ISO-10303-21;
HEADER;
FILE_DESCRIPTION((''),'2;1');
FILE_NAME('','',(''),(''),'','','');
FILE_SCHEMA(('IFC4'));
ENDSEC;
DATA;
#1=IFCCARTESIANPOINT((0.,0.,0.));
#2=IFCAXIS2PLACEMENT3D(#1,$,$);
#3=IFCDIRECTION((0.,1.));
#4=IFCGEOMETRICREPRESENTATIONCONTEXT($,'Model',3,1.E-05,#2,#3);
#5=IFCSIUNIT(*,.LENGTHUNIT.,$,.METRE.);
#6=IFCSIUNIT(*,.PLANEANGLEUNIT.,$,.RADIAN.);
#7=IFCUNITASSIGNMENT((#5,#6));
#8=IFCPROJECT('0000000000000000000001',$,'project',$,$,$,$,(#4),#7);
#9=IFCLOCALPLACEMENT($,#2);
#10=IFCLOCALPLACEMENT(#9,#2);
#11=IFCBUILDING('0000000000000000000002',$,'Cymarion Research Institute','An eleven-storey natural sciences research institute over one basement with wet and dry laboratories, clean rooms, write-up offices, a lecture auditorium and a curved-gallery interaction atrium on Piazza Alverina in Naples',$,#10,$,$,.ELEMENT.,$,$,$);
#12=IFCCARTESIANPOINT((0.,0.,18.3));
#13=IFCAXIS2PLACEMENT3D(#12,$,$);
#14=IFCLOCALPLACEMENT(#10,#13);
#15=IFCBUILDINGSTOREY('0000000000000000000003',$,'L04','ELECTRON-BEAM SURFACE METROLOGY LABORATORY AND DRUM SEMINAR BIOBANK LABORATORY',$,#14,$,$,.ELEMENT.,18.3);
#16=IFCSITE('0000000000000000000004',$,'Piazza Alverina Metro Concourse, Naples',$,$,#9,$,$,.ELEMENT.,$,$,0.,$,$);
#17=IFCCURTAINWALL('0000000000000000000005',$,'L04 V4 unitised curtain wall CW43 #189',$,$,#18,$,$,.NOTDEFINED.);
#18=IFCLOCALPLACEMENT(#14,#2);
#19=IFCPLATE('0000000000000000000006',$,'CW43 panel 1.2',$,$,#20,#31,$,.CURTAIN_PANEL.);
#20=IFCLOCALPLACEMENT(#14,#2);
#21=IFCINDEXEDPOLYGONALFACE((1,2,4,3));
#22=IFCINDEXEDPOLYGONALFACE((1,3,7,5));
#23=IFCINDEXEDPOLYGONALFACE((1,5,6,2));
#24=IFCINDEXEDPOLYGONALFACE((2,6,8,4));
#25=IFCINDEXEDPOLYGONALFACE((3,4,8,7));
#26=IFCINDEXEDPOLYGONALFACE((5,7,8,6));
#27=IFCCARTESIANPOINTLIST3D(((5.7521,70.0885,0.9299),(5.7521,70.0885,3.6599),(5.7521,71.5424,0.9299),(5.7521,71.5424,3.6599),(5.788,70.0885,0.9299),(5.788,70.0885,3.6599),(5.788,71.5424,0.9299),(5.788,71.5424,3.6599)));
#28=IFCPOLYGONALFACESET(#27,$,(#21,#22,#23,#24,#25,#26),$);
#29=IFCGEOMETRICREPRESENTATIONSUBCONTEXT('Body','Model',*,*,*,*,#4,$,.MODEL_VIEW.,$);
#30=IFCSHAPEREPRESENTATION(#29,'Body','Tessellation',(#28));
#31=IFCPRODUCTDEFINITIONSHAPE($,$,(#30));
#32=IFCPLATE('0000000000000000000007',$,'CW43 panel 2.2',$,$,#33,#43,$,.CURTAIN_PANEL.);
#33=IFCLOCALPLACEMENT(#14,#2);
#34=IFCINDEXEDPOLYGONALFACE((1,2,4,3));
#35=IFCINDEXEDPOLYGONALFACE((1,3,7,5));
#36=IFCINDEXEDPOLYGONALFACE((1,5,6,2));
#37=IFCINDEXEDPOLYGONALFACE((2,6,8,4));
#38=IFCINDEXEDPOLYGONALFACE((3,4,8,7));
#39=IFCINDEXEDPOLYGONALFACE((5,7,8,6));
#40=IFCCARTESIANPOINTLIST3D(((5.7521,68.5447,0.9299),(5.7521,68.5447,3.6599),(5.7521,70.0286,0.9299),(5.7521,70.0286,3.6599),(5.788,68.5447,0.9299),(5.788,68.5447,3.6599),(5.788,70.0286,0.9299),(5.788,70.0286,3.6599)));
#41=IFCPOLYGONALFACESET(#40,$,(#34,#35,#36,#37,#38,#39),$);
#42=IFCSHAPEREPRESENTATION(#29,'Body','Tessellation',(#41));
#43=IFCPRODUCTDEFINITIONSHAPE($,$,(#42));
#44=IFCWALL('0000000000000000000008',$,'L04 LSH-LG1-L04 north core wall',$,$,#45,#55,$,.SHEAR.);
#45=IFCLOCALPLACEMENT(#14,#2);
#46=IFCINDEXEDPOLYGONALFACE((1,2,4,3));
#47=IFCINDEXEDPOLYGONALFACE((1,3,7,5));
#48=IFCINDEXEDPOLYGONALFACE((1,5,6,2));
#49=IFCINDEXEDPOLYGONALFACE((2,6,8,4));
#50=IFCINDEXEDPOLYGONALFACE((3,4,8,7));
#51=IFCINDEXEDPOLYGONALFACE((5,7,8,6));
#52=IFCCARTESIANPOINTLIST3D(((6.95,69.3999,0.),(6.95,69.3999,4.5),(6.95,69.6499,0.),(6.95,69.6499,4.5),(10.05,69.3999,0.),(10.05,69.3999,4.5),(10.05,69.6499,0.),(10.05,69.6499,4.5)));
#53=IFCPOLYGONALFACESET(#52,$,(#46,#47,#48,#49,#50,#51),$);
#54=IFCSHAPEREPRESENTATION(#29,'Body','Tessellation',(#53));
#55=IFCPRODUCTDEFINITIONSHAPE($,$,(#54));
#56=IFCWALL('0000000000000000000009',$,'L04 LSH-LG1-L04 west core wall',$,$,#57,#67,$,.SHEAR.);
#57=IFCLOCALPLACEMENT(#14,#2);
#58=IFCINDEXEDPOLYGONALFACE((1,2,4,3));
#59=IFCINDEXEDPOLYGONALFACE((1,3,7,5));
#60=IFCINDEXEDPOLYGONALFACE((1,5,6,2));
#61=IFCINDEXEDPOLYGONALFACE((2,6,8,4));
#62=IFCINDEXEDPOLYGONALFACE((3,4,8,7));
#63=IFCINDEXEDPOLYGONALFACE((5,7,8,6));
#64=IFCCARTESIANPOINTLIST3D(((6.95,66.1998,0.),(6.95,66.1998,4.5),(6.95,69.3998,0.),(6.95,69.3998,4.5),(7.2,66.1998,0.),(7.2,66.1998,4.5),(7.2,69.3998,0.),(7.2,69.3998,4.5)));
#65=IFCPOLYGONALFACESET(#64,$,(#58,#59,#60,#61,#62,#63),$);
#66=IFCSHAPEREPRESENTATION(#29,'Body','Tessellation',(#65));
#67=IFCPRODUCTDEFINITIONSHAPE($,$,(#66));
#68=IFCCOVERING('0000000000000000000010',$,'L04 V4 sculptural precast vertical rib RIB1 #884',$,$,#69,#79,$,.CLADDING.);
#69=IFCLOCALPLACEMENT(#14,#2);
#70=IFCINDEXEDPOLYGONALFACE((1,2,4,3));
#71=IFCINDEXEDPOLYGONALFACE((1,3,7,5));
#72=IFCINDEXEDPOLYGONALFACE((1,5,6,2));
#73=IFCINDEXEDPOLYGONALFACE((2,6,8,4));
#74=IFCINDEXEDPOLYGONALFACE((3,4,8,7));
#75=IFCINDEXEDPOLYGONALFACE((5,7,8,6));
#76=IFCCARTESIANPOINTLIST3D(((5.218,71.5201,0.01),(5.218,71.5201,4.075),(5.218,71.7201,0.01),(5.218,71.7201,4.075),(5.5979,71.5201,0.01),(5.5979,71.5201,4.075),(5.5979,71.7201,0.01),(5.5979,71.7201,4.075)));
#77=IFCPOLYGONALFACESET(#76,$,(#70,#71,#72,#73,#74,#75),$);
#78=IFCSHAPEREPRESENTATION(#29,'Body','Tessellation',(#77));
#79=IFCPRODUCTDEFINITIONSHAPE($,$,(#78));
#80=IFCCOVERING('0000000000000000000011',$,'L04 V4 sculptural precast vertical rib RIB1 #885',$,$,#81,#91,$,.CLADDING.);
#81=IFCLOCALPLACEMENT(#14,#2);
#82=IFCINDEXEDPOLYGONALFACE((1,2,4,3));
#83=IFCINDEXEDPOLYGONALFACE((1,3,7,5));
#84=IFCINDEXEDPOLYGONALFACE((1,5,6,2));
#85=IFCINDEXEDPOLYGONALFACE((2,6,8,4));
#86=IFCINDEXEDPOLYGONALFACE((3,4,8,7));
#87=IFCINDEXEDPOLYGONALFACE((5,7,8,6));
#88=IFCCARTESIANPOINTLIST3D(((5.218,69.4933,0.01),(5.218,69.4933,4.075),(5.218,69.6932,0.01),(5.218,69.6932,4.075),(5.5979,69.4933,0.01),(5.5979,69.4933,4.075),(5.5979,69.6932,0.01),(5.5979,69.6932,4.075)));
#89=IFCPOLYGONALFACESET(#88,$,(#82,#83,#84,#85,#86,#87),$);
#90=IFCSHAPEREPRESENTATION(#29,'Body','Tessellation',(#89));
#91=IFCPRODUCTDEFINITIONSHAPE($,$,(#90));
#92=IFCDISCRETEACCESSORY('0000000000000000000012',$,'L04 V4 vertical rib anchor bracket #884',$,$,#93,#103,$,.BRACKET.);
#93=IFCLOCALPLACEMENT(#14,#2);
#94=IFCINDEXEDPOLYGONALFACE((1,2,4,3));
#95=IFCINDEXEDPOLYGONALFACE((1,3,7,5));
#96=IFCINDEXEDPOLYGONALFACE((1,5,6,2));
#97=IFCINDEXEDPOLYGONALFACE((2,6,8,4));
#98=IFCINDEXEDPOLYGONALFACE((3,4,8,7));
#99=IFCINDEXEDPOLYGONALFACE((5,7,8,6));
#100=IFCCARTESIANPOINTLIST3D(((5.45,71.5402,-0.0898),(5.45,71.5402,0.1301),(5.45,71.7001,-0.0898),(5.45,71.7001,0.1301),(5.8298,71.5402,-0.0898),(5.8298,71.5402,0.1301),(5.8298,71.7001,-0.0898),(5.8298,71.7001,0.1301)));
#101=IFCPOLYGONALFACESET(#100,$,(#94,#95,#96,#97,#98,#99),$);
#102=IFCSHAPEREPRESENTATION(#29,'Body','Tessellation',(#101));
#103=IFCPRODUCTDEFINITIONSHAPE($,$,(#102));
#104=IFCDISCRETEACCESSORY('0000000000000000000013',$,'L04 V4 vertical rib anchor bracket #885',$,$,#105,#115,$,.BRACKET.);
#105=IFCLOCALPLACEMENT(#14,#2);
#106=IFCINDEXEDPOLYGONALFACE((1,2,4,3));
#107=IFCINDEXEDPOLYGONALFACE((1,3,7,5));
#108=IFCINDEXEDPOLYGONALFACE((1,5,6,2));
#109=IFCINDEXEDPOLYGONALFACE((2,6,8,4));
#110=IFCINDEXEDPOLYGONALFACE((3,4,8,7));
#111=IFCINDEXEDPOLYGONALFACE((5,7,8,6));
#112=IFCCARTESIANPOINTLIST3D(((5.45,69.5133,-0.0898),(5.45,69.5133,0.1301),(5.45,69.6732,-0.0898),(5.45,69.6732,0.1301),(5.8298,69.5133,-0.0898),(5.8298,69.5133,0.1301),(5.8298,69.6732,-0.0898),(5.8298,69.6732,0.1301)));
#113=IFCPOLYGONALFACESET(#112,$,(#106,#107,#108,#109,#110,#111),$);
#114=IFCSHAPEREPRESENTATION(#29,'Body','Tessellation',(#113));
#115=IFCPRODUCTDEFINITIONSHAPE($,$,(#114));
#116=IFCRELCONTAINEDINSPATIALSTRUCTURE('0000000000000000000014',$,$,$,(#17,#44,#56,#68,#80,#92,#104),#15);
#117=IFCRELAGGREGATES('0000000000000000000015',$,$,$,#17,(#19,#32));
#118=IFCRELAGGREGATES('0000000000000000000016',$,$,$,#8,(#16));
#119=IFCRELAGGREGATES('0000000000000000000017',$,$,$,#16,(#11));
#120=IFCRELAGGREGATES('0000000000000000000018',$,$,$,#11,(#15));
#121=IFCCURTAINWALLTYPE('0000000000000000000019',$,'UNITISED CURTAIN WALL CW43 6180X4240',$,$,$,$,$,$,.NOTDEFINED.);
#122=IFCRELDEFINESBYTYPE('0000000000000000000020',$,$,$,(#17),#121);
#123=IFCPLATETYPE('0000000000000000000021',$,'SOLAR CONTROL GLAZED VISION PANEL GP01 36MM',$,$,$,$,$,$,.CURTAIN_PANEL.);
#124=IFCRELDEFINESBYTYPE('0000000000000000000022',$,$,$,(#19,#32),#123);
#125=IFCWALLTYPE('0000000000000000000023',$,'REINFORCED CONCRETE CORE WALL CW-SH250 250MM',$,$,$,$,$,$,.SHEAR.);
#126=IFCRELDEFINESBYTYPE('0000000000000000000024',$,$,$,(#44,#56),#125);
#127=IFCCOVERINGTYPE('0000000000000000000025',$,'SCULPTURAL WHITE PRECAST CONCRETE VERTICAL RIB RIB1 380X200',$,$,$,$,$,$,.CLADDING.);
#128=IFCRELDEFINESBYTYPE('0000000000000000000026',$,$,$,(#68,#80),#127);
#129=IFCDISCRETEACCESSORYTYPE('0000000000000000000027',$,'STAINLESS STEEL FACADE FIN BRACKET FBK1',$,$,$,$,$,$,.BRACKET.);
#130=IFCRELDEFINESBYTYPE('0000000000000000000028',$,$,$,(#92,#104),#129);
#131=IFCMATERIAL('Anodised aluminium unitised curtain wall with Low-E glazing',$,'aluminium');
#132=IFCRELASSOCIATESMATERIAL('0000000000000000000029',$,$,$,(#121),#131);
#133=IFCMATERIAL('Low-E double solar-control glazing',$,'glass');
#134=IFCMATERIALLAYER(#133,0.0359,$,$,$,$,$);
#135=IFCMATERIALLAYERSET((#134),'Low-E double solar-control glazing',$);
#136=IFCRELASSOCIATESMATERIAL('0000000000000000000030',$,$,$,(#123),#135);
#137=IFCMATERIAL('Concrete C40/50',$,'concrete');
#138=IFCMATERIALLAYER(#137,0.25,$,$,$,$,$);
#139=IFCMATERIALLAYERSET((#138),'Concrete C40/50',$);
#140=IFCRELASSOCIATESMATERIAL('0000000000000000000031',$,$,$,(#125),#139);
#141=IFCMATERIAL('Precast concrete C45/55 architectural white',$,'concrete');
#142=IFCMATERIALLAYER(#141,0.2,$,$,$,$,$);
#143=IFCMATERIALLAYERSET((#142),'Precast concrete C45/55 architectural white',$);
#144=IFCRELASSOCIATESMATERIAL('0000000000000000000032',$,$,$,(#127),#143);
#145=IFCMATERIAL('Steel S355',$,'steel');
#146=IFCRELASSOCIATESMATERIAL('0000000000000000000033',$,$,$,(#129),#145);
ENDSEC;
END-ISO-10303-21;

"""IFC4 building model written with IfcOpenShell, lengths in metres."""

from ifc_helpers import new_model, si_unit, direction, frame, frame_2d, origin, origin_2d, place, context, subcontext, project, spatial, rectangle, extrude, material, layer, layer_set, type_object, element, aggregate, save


model = new_model("IFC4")

# Units and contexts
model_context = context("Model", 3, precision=1e-05, world=origin(), true_north=direction((0.0, 1.0)))
body_context = subcontext(model_context, "Body", "Model", "MODEL_VIEW")
ifc_project = project(units=[si_unit("LENGTHUNIT", "METRE"), si_unit("PLANEANGLEUNIT", "RADIAN")], contexts=[model_context])

# Site, building, storey
site_placement = place(None, origin())
site = spatial("IfcSite", under=ifc_project, at=site_placement, Name="Piazza Alverina Metro Concourse, Naples", CompositionType="ELEMENT", RefElevation=0.0)
building_placement = place(site_placement, origin())
building = spatial("IfcBuilding", under=site, at=building_placement, Name="Cymarion Research Institute", Description="An eleven-storey natural sciences research institute over one basement with wet and dry laboratories, clean rooms, write-up offices, a lecture auditorium and a curved-gallery interaction atrium on Piazza Alverina in Naples", CompositionType="ELEMENT")
storey_placement = place(building_placement, frame((0.0, 0.0, 18.3)))
storey = spatial("IfcBuildingStorey", under=building, at=storey_placement, Name="L04", Description="ELECTRON-BEAM SURFACE METROLOGY LABORATORY AND DRUM SEMINAR BIOBANK LABORATORY", CompositionType="ELEMENT", Elevation=18.3)

# Shared definitions
ifc_material_1 = material(Name="Steel S355", Category="steel")

# Curtain wall
ifc_material_2 = material(Name="Anodised aluminium unitised curtain wall with Low-E glazing", Category="aluminium")
curtain_wall_type = type_object("IfcCurtainWallType", Name="UNITISED CURTAIN WALL CW43 6180X4240", PredefinedType="NOTDEFINED", material=ifc_material_2)
curtain_wall_1_placement = place(storey_placement, origin())
curtain_wall_1 = element("IfcCurtainWall", 1, at=curtain_wall_1_placement, inside=storey, type_object=curtain_wall_type, Name="L04 V4 unitised curtain wall CW43 #189", PredefinedType="NOTDEFINED")

# Plates
ifc_material_3 = material(Name="Low-E double solar-control glazing", Category="glass")
ifc_layer_1 = layer(ifc_material_3, 0.0359)
ifc_layer_set_1 = layer_set([ifc_layer_1], Name="Low-E double solar-control glazing")
plate_type_1 = type_object("IfcPlateType", Name="SOLAR CONTROL GLAZED VISION PANEL GP01 36MM", PredefinedType="CURTAIN_PANEL", material=ifc_layer_set_1)
plate_1_placement = place(storey_placement, frame((5.77, 70.8154, 0.9299), z_axis=(0.0, 0.0, 1.0), x_axis=(0.0, -1.0, 0.0)))
plate_1 = element("IfcPlate", 2, at=plate_1_placement, type_object=plate_type_1, Name="CW43 panel 1.2", PredefinedType="CURTAIN_PANEL", context=body_context, shape_type="SweptSolid", body=[
    extrude(rectangle(XDim=1.4539, YDim=0.0359, at=origin_2d()), origin(), (0.0, 0.0, 1.0), 2.73),
])
plate_2_placement = place(storey_placement, frame((5.77, 69.2866, 0.9299), z_axis=(0.0, 0.0, 1.0), x_axis=(0.0, -1.0, 0.0)))
plate_2 = element("IfcPlate", 3, at=plate_2_placement, type_object=plate_type_1, Name="CW43 panel 2.2", PredefinedType="CURTAIN_PANEL", context=body_context, shape_type="SweptSolid", body=[
    extrude(rectangle(XDim=1.4839, YDim=0.0359, at=origin_2d()), origin(), (0.0, 0.0, 1.0), 2.73),
])
aggregate(curtain_wall_1, [plate_1, plate_2])

# Walls
ifc_material_4 = material(Name="Concrete C40/50", Category="concrete")
ifc_layer_2 = layer(ifc_material_4, 0.25)
ifc_layer_set_2 = layer_set([ifc_layer_2], Name="Concrete C40/50")
wall_type = type_object("IfcWallType", Name="REINFORCED CONCRETE CORE WALL CW-SH250 250MM", PredefinedType="SHEAR", material=ifc_layer_set_2)
wall_1_placement = place(storey_placement, frame((10.05, 69.5249, 0.0), z_axis=(0.0, 0.0, 1.0), x_axis=(-1.0, 0.0, 0.0)))
element("IfcWall", 4, at=wall_1_placement, inside=storey, type_object=wall_type, Name="L04 LSH-LG1-L04 north core wall", PredefinedType="SHEAR", context=body_context, shape_type="SweptSolid", body=[
    extrude(rectangle(XDim=3.1001, YDim=0.25, at=frame_2d((1.55, 0.0))), origin(), (0.0, 0.0, 1.0), 4.5),
])
wall_2_placement = place(storey_placement, frame((7.075, 69.3999, 0.0), z_axis=(0.0, 0.0, 1.0), x_axis=(0.0, -1.0, 0.0)))
element("IfcWall", 5, at=wall_2_placement, inside=storey, type_object=wall_type, Name="L04 LSH-LG1-L04 west core wall", PredefinedType="SHEAR", context=body_context, shape_type="SweptSolid", body=[
    extrude(rectangle(XDim=3.2, YDim=0.25, at=frame_2d((1.6001, 0.0))), origin(), (0.0, 0.0, 1.0), 4.5),
])

# Coverings
ifc_material_5 = material(Name="Precast concrete C45/55 architectural white", Category="concrete")
ifc_layer_3 = layer(ifc_material_5, 0.2)
ifc_layer_set_3 = layer_set([ifc_layer_3], Name="Precast concrete C45/55 architectural white")
covering_type = type_object("IfcCoveringType", Name="SCULPTURAL WHITE PRECAST CONCRETE VERTICAL RIB RIB1 380X200", PredefinedType="CLADDING", material=ifc_layer_set_3)
for number, where, z_axis, x_axis, name in (
    (6, (5.408, 71.6201, 0.01), (0.0, 0.0, 1.0), (-1.0, 0.0, 0.0), "L04 V4 sculptural precast vertical rib RIB1 #884"),
    (7, (5.408, 69.5933, 0.01), (0.0, 0.0, 1.0), (-1.0, 0.0, 0.0), "L04 V4 sculptural precast vertical rib RIB1 #885"),
):
    element("IfcCovering", number, at=place(storey_placement, frame(where, z_axis=z_axis, x_axis=x_axis)), inside=storey, type_object=covering_type, Name=name, PredefinedType="CLADDING", context=body_context, shape_type="SweptSolid", body=[
        extrude(rectangle(XDim=0.3799, YDim=0.2, at=origin_2d()), origin(), (0.0, 0.0, 1.0), 4.0649),
    ])

# Discrete accessories
discrete_accessory_type = type_object("IfcDiscreteAccessoryType", Name="STAINLESS STEEL FACADE FIN BRACKET FBK1", PredefinedType="BRACKET", material=ifc_material_1)
for number, where, z_axis, x_axis, name in (
    (8, (5.6399, 71.6201, -0.0898), (0.0, 0.0, 1.0), (-1.0, 0.0, 0.0), "L04 V4 vertical rib anchor bracket #884"),
    (9, (5.6399, 69.5933, -0.0898), (0.0, 0.0, 1.0), (-1.0, 0.0, 0.0), "L04 V4 vertical rib anchor bracket #885"),
):
    element("IfcDiscreteAccessory", number, at=place(storey_placement, frame(where, z_axis=z_axis, x_axis=x_axis)), inside=storey, type_object=discrete_accessory_type, Name=name, PredefinedType="BRACKET", context=body_context, shape_type="SweptSolid", body=[
        extrude(rectangle(XDim=0.3799, YDim=0.1599, at=origin_2d()), origin(), (0.0, 0.0, 1.0), 0.22),
    ])

save(model, "model.ifc")
